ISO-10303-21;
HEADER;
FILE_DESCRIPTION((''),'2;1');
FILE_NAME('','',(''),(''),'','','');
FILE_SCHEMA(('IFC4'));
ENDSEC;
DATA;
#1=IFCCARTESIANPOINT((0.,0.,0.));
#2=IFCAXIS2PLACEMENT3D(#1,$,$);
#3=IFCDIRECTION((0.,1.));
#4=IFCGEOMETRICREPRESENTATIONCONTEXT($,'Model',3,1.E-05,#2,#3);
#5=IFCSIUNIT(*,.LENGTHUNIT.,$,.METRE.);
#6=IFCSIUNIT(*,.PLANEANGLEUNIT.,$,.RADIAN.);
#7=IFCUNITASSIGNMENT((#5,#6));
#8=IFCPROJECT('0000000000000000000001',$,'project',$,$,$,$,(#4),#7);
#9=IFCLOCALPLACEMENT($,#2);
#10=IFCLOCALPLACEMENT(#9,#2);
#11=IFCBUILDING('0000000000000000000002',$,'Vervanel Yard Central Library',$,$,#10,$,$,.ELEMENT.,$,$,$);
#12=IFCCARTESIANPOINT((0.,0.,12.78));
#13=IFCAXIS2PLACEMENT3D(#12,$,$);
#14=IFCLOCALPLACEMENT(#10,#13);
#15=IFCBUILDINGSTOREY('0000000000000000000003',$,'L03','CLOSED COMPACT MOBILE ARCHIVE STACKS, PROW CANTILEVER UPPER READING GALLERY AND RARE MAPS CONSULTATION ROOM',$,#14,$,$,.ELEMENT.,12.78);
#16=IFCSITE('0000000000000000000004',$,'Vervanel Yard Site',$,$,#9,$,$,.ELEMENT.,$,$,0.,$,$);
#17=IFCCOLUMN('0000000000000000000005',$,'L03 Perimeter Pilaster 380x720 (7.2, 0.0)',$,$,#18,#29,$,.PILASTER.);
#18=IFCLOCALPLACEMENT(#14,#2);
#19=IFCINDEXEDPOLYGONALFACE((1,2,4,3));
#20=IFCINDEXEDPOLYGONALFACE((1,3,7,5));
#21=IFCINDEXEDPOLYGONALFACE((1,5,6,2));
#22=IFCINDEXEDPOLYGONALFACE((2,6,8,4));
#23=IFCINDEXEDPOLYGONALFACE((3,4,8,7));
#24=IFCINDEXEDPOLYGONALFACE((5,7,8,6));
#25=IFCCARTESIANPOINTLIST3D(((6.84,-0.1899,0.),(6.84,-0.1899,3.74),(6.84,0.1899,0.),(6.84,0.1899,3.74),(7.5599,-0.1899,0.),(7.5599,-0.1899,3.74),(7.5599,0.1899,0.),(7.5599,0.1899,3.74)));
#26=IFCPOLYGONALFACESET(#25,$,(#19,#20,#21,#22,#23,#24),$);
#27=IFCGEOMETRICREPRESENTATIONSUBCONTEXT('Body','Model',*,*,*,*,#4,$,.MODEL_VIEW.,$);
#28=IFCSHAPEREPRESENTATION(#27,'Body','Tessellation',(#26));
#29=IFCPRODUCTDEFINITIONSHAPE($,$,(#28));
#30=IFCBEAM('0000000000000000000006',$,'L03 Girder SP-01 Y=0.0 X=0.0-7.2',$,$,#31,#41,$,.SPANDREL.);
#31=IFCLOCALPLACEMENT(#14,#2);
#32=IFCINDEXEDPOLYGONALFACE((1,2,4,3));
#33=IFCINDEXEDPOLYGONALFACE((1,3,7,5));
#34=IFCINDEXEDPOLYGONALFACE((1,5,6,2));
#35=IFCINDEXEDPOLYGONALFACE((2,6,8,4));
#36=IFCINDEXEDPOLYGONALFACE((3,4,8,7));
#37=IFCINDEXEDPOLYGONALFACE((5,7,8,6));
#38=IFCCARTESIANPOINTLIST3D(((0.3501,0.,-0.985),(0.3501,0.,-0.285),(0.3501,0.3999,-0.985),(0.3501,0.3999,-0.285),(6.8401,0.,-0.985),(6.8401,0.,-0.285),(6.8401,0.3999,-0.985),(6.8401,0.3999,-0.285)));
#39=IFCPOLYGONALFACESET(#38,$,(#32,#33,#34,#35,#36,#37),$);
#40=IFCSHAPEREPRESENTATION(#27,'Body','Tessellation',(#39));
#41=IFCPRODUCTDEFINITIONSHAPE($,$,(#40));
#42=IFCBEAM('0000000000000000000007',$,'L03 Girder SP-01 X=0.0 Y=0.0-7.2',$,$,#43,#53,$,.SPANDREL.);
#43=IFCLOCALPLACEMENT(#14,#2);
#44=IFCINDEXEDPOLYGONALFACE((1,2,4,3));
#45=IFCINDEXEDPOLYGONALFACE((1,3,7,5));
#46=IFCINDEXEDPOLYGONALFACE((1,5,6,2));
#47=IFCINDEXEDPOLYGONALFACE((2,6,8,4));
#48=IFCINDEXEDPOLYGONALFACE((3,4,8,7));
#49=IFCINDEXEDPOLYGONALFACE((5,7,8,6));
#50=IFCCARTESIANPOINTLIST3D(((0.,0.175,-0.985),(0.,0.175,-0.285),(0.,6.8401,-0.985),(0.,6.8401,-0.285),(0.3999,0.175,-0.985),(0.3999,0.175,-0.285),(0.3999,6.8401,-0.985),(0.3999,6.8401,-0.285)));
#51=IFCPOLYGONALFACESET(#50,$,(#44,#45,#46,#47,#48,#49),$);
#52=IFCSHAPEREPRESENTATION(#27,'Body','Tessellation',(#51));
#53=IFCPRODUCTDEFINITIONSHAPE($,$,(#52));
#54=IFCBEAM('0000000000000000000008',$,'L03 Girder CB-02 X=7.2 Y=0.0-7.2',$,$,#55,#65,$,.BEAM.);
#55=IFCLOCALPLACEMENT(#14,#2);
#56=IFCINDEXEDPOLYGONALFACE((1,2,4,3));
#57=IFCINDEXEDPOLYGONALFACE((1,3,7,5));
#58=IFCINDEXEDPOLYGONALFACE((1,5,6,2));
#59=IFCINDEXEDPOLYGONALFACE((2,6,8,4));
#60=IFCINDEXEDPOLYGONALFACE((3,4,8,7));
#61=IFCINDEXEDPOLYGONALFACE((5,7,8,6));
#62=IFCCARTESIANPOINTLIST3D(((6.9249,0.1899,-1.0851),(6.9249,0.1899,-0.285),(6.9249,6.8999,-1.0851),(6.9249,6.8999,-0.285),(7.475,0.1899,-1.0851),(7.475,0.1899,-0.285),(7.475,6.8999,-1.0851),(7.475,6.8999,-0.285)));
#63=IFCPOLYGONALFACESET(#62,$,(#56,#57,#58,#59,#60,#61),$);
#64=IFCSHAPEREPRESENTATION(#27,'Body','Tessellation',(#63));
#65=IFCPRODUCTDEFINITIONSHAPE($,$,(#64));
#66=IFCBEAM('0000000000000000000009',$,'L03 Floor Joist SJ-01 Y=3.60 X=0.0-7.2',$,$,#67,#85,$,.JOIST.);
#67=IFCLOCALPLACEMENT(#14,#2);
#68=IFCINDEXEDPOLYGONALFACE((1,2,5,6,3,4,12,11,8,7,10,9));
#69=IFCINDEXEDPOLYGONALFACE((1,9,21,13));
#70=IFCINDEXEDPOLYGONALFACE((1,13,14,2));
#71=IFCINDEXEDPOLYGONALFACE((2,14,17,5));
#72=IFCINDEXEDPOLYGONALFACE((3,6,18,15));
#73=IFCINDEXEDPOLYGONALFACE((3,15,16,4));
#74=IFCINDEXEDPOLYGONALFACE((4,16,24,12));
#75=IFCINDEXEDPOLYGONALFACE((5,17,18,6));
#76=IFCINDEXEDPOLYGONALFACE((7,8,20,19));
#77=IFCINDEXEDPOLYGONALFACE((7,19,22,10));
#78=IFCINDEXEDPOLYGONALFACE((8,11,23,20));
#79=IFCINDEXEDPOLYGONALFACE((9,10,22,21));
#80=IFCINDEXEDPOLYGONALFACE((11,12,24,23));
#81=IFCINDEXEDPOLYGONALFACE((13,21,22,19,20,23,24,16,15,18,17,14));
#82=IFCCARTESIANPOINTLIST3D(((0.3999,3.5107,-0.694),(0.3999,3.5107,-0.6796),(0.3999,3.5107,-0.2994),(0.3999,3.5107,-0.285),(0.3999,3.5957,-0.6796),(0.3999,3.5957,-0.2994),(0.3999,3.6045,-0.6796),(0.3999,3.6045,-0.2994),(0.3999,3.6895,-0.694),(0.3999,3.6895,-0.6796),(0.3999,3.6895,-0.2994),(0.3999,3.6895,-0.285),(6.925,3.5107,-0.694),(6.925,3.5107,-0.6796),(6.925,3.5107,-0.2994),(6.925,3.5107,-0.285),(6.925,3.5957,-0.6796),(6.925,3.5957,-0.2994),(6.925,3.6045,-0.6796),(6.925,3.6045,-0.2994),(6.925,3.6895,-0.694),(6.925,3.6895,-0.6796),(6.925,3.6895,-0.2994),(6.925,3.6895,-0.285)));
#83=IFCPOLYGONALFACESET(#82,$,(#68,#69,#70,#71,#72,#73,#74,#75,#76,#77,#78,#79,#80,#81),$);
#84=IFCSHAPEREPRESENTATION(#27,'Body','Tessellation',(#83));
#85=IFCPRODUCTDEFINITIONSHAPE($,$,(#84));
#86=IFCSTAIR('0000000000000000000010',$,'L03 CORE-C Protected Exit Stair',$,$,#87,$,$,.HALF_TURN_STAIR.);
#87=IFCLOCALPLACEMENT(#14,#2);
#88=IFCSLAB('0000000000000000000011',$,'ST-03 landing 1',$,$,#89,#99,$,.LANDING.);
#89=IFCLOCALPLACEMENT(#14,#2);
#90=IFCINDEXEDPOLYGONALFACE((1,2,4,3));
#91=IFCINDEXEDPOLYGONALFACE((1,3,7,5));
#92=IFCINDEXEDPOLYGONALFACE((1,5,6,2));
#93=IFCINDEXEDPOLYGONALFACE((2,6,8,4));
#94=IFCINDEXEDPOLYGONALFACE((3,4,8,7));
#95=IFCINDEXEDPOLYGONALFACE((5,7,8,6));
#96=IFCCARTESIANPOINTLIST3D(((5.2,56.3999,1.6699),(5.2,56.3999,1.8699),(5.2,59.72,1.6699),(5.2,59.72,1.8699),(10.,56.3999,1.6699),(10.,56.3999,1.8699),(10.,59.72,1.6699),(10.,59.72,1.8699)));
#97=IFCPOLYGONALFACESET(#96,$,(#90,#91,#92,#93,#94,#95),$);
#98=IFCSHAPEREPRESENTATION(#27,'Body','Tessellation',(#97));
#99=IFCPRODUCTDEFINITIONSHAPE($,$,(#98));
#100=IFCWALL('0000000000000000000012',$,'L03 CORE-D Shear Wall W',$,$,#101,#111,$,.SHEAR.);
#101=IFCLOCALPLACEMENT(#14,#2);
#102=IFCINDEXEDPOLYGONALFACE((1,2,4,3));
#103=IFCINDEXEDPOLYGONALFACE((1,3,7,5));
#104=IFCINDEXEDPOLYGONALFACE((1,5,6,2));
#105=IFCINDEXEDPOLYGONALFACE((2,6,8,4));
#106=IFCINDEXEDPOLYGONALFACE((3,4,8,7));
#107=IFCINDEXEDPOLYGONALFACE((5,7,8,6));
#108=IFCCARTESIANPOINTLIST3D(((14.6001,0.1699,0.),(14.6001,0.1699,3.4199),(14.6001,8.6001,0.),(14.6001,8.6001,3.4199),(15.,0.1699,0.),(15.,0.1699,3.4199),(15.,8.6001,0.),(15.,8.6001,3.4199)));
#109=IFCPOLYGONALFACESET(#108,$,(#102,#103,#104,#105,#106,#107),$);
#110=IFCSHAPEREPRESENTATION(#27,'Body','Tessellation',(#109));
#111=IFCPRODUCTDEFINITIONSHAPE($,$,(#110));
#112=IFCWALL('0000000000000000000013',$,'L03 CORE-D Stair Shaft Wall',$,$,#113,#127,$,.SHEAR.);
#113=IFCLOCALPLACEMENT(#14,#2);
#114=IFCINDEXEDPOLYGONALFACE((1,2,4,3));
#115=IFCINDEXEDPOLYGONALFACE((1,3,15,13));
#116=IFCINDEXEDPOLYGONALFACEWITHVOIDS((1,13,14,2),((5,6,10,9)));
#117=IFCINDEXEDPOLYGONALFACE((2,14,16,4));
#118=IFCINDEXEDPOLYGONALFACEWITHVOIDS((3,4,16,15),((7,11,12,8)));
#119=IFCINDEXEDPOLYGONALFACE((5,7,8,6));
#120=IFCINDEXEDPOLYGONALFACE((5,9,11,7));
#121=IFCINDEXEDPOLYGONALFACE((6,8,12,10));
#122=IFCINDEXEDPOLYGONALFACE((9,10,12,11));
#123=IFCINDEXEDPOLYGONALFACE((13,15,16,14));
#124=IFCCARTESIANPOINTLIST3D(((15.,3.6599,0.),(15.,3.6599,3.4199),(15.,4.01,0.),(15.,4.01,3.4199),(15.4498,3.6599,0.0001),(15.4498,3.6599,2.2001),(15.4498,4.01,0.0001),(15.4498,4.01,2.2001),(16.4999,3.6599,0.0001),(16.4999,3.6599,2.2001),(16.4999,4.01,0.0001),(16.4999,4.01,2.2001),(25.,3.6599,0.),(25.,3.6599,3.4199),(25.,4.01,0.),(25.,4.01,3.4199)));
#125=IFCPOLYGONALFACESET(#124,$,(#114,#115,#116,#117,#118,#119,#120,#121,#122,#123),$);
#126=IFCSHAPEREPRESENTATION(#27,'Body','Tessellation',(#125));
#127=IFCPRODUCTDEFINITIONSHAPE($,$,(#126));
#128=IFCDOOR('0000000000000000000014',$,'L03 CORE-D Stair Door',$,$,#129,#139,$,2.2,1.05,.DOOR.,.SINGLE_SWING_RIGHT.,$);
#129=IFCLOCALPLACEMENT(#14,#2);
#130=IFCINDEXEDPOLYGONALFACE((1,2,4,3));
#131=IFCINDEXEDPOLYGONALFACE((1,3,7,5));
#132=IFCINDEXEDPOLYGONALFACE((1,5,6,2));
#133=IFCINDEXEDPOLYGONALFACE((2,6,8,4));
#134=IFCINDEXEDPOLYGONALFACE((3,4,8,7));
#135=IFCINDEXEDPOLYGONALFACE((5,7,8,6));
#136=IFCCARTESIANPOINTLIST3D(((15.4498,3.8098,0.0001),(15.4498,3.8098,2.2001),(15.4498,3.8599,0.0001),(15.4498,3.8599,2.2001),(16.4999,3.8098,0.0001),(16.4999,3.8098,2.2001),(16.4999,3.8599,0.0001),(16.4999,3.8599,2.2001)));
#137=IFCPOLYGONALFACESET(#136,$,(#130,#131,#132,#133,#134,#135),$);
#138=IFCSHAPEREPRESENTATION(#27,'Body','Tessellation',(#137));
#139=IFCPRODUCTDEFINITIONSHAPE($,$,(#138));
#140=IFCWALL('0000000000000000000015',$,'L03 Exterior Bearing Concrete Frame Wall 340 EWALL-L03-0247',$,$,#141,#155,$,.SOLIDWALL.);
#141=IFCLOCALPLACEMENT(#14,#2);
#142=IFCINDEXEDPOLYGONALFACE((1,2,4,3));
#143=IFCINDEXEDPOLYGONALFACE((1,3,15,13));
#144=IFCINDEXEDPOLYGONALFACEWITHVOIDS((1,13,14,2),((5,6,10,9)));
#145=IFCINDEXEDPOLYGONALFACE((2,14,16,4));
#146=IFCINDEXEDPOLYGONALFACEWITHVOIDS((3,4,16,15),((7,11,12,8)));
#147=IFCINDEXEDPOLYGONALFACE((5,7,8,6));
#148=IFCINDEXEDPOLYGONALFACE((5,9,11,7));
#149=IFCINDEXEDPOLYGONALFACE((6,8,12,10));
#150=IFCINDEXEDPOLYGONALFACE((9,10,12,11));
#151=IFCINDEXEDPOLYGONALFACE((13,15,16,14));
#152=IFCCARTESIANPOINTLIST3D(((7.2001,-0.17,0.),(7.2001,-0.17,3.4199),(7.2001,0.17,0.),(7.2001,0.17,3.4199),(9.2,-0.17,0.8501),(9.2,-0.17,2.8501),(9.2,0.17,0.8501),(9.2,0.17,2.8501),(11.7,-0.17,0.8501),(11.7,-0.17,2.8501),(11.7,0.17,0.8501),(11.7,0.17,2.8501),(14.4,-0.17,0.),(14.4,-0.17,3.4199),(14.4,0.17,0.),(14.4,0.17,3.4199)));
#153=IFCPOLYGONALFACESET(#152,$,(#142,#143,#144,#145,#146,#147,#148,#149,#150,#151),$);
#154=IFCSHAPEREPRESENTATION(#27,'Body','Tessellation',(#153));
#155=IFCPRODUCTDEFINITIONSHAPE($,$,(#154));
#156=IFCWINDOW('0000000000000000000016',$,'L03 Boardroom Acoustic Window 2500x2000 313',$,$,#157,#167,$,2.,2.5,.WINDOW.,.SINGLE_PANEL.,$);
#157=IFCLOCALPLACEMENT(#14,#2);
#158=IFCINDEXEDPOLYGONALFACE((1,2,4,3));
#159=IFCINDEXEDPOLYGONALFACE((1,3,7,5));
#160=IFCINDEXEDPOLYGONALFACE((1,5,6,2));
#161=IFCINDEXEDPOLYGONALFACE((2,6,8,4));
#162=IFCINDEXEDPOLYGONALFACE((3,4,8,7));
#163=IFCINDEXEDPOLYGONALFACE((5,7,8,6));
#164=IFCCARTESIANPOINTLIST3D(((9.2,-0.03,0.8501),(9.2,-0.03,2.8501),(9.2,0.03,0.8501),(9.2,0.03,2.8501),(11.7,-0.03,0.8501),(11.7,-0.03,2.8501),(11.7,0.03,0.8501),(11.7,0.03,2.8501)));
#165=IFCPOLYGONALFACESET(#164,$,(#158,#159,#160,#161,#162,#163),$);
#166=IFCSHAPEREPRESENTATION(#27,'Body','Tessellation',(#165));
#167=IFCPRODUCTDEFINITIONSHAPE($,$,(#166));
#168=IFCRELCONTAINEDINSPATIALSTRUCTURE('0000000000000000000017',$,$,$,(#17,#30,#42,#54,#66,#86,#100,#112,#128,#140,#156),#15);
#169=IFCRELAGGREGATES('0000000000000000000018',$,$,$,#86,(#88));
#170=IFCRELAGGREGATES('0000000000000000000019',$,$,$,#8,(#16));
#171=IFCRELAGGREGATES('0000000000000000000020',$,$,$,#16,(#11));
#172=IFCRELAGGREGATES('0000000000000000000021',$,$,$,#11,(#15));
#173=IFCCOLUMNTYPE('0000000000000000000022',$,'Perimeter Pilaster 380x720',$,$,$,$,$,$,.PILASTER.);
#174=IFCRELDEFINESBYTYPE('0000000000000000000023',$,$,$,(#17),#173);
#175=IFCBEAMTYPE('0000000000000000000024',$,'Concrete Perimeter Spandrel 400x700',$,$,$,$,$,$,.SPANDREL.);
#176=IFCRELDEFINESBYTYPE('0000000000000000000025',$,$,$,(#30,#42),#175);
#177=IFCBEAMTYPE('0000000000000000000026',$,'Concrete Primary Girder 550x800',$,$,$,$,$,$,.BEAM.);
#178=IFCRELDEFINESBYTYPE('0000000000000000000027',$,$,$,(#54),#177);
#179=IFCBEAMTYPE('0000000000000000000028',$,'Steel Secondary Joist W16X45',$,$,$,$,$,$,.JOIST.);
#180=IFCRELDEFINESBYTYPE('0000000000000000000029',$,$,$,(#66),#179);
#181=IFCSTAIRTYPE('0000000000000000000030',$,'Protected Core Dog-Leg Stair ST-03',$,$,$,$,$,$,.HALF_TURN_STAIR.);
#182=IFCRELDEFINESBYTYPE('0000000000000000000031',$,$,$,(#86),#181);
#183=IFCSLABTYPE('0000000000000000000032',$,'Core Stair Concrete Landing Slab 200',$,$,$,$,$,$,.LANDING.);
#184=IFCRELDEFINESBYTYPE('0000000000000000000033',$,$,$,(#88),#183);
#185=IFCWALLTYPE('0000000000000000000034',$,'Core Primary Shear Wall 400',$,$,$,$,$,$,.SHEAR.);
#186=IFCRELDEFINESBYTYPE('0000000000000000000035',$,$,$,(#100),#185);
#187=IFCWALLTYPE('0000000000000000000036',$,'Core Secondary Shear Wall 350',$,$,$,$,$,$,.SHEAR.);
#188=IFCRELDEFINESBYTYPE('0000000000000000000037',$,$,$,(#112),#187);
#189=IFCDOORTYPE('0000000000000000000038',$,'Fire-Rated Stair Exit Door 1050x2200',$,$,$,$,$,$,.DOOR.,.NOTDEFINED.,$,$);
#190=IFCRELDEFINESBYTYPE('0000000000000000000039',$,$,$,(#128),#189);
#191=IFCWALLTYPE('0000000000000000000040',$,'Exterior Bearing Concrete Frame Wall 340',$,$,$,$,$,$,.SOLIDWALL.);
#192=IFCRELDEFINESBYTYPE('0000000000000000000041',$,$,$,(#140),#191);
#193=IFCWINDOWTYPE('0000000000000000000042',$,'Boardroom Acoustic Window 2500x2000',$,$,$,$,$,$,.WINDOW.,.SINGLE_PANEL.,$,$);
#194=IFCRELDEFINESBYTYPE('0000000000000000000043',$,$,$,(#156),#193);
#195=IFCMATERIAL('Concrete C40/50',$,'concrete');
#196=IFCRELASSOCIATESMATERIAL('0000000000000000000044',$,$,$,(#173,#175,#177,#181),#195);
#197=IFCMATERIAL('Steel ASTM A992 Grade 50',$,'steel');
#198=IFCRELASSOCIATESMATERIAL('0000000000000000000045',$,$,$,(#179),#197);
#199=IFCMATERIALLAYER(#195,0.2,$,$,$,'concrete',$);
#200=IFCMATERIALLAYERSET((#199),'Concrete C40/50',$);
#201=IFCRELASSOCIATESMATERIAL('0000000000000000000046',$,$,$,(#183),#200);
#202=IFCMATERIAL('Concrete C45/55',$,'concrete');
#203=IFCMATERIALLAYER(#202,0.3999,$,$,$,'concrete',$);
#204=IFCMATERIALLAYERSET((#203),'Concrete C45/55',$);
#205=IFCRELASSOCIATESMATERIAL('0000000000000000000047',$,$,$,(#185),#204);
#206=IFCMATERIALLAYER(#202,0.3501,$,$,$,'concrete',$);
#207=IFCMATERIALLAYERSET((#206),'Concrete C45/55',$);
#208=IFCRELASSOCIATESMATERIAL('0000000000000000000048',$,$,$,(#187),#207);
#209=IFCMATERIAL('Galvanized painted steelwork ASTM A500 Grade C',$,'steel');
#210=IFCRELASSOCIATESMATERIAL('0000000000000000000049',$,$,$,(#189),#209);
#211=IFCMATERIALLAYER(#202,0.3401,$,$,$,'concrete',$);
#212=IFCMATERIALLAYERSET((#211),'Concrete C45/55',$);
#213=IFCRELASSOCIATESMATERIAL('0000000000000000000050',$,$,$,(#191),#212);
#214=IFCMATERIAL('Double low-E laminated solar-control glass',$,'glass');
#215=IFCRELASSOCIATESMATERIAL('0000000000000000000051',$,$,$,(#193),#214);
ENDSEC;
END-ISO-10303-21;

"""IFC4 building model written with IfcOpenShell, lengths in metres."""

from ifc_helpers import new_model, si_unit, direction, frame, frame_2d, origin, origin_2d, place, context, subcontext, project, spatial, polyline, rectangle, i_section, outline, extrude, material, layer, layer_set, material_profile, profile_set, type_object, element, fill, aggregate, save


model = new_model("IFC4")

# Units and contexts
model_context = context("Model", 3, precision=1e-05, world=origin(), true_north=direction((0.0, 1.0)))
body_context = subcontext(model_context, "Body", "Model", "MODEL_VIEW")
ifc_project = project(units=[si_unit("LENGTHUNIT", "METRE"), si_unit("PLANEANGLEUNIT", "RADIAN")], contexts=[model_context])

# Site, building, storey
site_placement = place(None, origin())
site = spatial("IfcSite", under=ifc_project, at=site_placement, Name="Vervanel Yard Site", CompositionType="ELEMENT", RefElevation=0.0)
building_placement = place(site_placement, origin())
building = spatial("IfcBuilding", under=site, at=building_placement, Name="Vervanel Yard Central Library", CompositionType="ELEMENT")
storey_placement = place(building_placement, frame((0.0, 0.0, 12.78)))
storey = spatial("IfcBuildingStorey", under=building, at=storey_placement, Name="L03", Description="CLOSED COMPACT MOBILE ARCHIVE STACKS, PROW CANTILEVER UPPER READING GALLERY AND RARE MAPS CONSULTATION ROOM", CompositionType="ELEMENT", Elevation=12.78)

# Column
ifc_material_1 = material(Name="Concrete C40/50", Category="concrete")
ifc_material_profile_1 = material_profile(ifc_material_1, rectangle(XDim=0.3799, YDim=0.72, at=origin_2d()), Name="RC 380x720", Category="concrete")
ifc_profile_set_1 = profile_set([ifc_material_profile_1], Name="Concrete C40/50")
column_type = type_object("IfcColumnType", Name="Perimeter Pilaster 380x720", PredefinedType="PILASTER", material=ifc_profile_set_1)
column_placement = place(storey_placement, frame((7.2, 0.0, 0.0), z_axis=(0.0, 0.0, 1.0), x_axis=(0.0, 1.0, 0.0)))
element("IfcColumn", 1, at=column_placement, inside=storey, type_object=column_type, Name="L03 Perimeter Pilaster 380x720 (7.2, 0.0)", PredefinedType="PILASTER", context=body_context, shape_type="SweptSolid", body=[
    extrude(rectangle(XDim=0.3799, YDim=0.72, at=origin_2d()), origin(), (0.0, 0.0, 1.0), 3.74),
])

# Beams
ifc_material_profile_2 = material_profile(ifc_material_1, rectangle(XDim=0.3999, YDim=0.7, at=origin_2d()), Name="RC 400x700", Category="concrete")
ifc_profile_set_2 = profile_set([ifc_material_profile_2], Name="Concrete C40/50")
beam_type_1 = type_object("IfcBeamType", Name="Concrete Perimeter Spandrel 400x700", PredefinedType="SPANDREL", material=ifc_profile_set_2)
beam_1_placement = place(storey_placement, frame((0.3501, 0.2, -0.635), z_axis=(1.0, 0.0, 0.0), x_axis=(0.0, 1.0, 0.0)))
element("IfcBeam", 2, at=beam_1_placement, inside=storey, type_object=beam_type_1, Name="L03 Girder SP-01 Y=0.0 X=0.0-7.2", PredefinedType="SPANDREL", context=body_context, shape_type="SweptSolid", body=[
    extrude(rectangle(XDim=0.3999, YDim=0.7, at=origin_2d()), origin(), (0.0, 0.0, 1.0), 6.49),
])
beam_2_placement = place(storey_placement, frame((0.2, 0.175, -0.635), z_axis=(0.0, 1.0, 0.0), x_axis=(-1.0, 0.0, 0.0)))
element("IfcBeam", 3, at=beam_2_placement, inside=storey, type_object=beam_type_1, Name="L03 Girder SP-01 X=0.0 Y=0.0-7.2", PredefinedType="SPANDREL", context=body_context, shape_type="SweptSolid", body=[
    extrude(rectangle(XDim=0.3999, YDim=0.7, at=origin_2d()), origin(), (0.0, 0.0, 1.0), 6.665),
])
ifc_material_profile_3 = material_profile(ifc_material_1, rectangle(XDim=0.55, YDim=0.8, at=origin_2d()), Name="RC 550x800", Category="concrete")
ifc_profile_set_3 = profile_set([ifc_material_profile_3], Name="Concrete C40/50")
beam_type_2 = type_object("IfcBeamType", Name="Concrete Primary Girder 550x800", PredefinedType="BEAM", material=ifc_profile_set_3)
beam_3_placement = place(storey_placement, frame((7.2, 0.1899, -0.6851), z_axis=(0.0, 1.0, 0.0), x_axis=(-1.0, 0.0, 0.0)))
element("IfcBeam", 4, at=beam_3_placement, inside=storey, type_object=beam_type_2, Name="L03 Girder CB-02 X=7.2 Y=0.0-7.2", PredefinedType="BEAM", context=body_context, shape_type="SweptSolid", body=[
    extrude(rectangle(XDim=0.55, YDim=0.8, at=origin_2d()), origin(), (0.0, 0.0, 1.0), 6.71),
])
ifc_material_2 = material(Name="Steel ASTM A992 Grade 50", Category="steel")
ifc_material_profile_4 = material_profile(ifc_material_2, i_section(OverallWidth=0.1787, OverallDepth=0.4089, WebThickness=0.0088, FlangeThickness=0.0144, at=origin_2d()), Name="W16X45", Category="steel")
ifc_profile_set_4 = profile_set([ifc_material_profile_4], Name="Steel ASTM A992 Grade 50")
beam_type_3 = type_object("IfcBeamType", Name="Steel Secondary Joist W16X45", PredefinedType="JOIST", material=ifc_profile_set_4)
beam_4_placement = place(storey_placement, frame((0.3999, 3.6001, -0.4895), z_axis=(1.0, 0.0, 0.0), x_axis=(0.0, 1.0, 0.0)))
element("IfcBeam", 5, at=beam_4_placement, inside=storey, type_object=beam_type_3, Name="L03 Floor Joist SJ-01 Y=3.60 X=0.0-7.2", PredefinedType="JOIST", context=body_context, shape_type="SweptSolid", body=[
    extrude(i_section(OverallWidth=0.1787, OverallDepth=0.4089, WebThickness=0.0088, FlangeThickness=0.0144, at=origin_2d()), origin(), (0.0, 0.0, 1.0), 6.5251),
])

# Stair, slab
stair_type = type_object("IfcStairType", Name="Protected Core Dog-Leg Stair ST-03", PredefinedType="HALF_TURN_STAIR", material=ifc_material_1)
stair_placement = place(storey_placement, origin())
stair = element("IfcStair", 6, at=stair_placement, inside=storey, type_object=stair_type, Name="L03 CORE-C Protected Exit Stair", PredefinedType="HALF_TURN_STAIR")
ifc_layer_1 = layer(ifc_material_1, 0.2, Category="concrete")
ifc_layer_set_1 = layer_set([ifc_layer_1], Name="Concrete C40/50")
slab_type = type_object("IfcSlabType", Name="Core Stair Concrete Landing Slab 200", PredefinedType="LANDING", material=ifc_layer_set_1)
slab_placement = place(storey_placement, frame((0.0, 0.0, 1.6699)))
slab = element("IfcSlab", 7, at=slab_placement, type_object=slab_type, Name="ST-03 landing 1", PredefinedType="LANDING", context=body_context, shape_type="SweptSolid", body=[
    extrude(outline(polyline([(5.2, 56.3999), (10.0, 56.3999), (10.0, 59.72), (5.2, 59.72), (5.2, 56.3999)])), origin(), (0.0, 0.0, 1.0), 0.2),
])
aggregate(stair, [slab])

# Wall
ifc_material_3 = material(Name="Concrete C45/55", Category="concrete")
ifc_layer_2 = layer(ifc_material_3, 0.3999, Category="concrete")
ifc_layer_set_2 = layer_set([ifc_layer_2], Name="Concrete C45/55")
wall_type_1 = type_object("IfcWallType", Name="Core Primary Shear Wall 400", PredefinedType="SHEAR", material=ifc_layer_set_2)
wall_1_placement = place(storey_placement, frame((14.8, 0.1699, 0.0), z_axis=(0.0, 0.0, 1.0), x_axis=(0.0, 1.0, 0.0)))
element("IfcWall", 8, at=wall_1_placement, inside=storey, type_object=wall_type_1, Name="L03 CORE-D Shear Wall W", PredefinedType="SHEAR", context=body_context, shape_type="SweptSolid", body=[
    extrude(rectangle(XDim=8.4302, YDim=0.3999, at=frame_2d((4.2151, 0.0))), origin(), (0.0, 0.0, 1.0), 3.4199),
])

# Wall, opening, door
ifc_layer_3 = layer(ifc_material_3, 0.3501, Category="concrete")
ifc_layer_set_3 = layer_set([ifc_layer_3], Name="Concrete C45/55")
wall_type_2 = type_object("IfcWallType", Name="Core Secondary Shear Wall 350", PredefinedType="SHEAR", material=ifc_layer_set_3)
wall_2_placement = place(storey_placement, frame((15.0, 3.835, 0.0), z_axis=(0.0, 0.0, 1.0), x_axis=(1.0, 0.0, 0.0)))
wall_2 = element("IfcWall", 9, at=wall_2_placement, inside=storey, type_object=wall_type_2, Name="L03 CORE-D Stair Shaft Wall", PredefinedType="SHEAR", context=body_context, shape_type="SweptSolid", body=[
    extrude(rectangle(XDim=10.0, YDim=0.3501, at=frame_2d((5.0, 0.0))), origin(), (0.0, 0.0, 1.0), 3.4199),
])
opening_1_placement = place(wall_2_placement, frame((0.45, 0.0, 0.0)))
opening_1 = element("IfcOpeningElement", 10, at=opening_1_placement, cuts=wall_2, PredefinedType="OPENING", context=body_context, shape_type="SweptSolid", body=[
    extrude(rectangle(XDim=1.05, YDim=2.2, at=frame_2d((0.5249, 1.1001))), frame((0.0, 0.1851, 0.0), z_axis=(0.0, -1.0, 0.0), x_axis=(1.0, 0.0, 0.0)), (0.0, 0.0, 1.0), 0.3701),
])
ifc_material_4 = material(Name="Galvanized painted steelwork ASTM A500 Grade C", Category="steel")
door_type = type_object("IfcDoorType", Name="Fire-Rated Stair Exit Door 1050x2200", OperationType="NOTDEFINED", PredefinedType="DOOR", material=ifc_material_4)
door_placement = place(opening_1_placement, origin())
door = element("IfcDoor", 11, at=door_placement, inside=storey, type_object=door_type, Name="L03 CORE-D Stair Door", OperationType="SINGLE_SWING_RIGHT", OverallHeight=2.2, OverallWidth=1.05, PredefinedType="DOOR", context=body_context, shape_type="SweptSolid", body=[
    extrude(rectangle(XDim=1.05, YDim=2.2, at=frame_2d((0.5249, 1.1001))), frame((0.0, 0.0249, 0.0), z_axis=(0.0, -1.0, 0.0), x_axis=(1.0, 0.0, 0.0)), (0.0, 0.0, 1.0), 0.05),
])
fill(opening_1, door)

# Wall, opening, window
ifc_layer_4 = layer(ifc_material_3, 0.3401, Category="concrete")
ifc_layer_set_4 = layer_set([ifc_layer_4], Name="Concrete C45/55")
wall_type_3 = type_object("IfcWallType", Name="Exterior Bearing Concrete Frame Wall 340", PredefinedType="SOLIDWALL", material=ifc_layer_set_4)
wall_3_placement = place(storey_placement, frame((7.2, 0.0, 0.0), z_axis=(0.0, 0.0, 1.0), x_axis=(1.0, 0.0, 0.0)))
wall_3 = element("IfcWall", 12, at=wall_3_placement, inside=storey, type_object=wall_type_3, Name="L03 Exterior Bearing Concrete Frame Wall 340 EWALL-L03-0247", PredefinedType="SOLIDWALL", context=body_context, shape_type="SweptSolid", body=[
    extrude(rectangle(XDim=7.2, YDim=0.3401, at=frame_2d((3.6001, 0.0))), origin(), (0.0, 0.0, 1.0), 3.4199),
])
opening_2_placement = place(wall_3_placement, frame((2.0, 0.0, 0.8501)))
opening_2 = element("IfcOpeningElement", 13, at=opening_2_placement, cuts=wall_3, PredefinedType="OPENING", context=body_context, shape_type="SweptSolid", body=[
    extrude(rectangle(XDim=2.5, YDim=2.0, at=frame_2d((1.25, 1.0))), frame((0.0, 0.1799, 0.0), z_axis=(0.0, -1.0, 0.0), x_axis=(1.0, 0.0, 0.0)), (0.0, 0.0, 1.0), 0.3601),
])
ifc_material_5 = material(Name="Double low-E laminated solar-control glass", Category="glass")
window_type_1 = type_object("IfcWindowType", Name="Boardroom Acoustic Window 2500x2000", PartitioningType="SINGLE_PANEL", PredefinedType="WINDOW", material=ifc_material_5)
window_1_placement = place(opening_2_placement, origin())
window_1 = element("IfcWindow", 14, at=window_1_placement, inside=storey, type_object=window_type_1, Name="L03 Boardroom Acoustic Window 2500x2000 313", OverallHeight=2.0, OverallWidth=2.5, PartitioningType="SINGLE_PANEL", PredefinedType="WINDOW", context=body_context, shape_type="SweptSolid", body=[
    extrude(rectangle(XDim=2.5, YDim=2.0, at=frame_2d((1.25, 1.0))), frame((0.0, 0.03, 0.0), z_axis=(0.0, -1.0, 0.0), x_axis=(1.0, 0.0, 0.0)), (0.0, 0.0, 1.0), 0.0601),
])
fill(opening_2, window_1)

save(model, "model.ifc")
